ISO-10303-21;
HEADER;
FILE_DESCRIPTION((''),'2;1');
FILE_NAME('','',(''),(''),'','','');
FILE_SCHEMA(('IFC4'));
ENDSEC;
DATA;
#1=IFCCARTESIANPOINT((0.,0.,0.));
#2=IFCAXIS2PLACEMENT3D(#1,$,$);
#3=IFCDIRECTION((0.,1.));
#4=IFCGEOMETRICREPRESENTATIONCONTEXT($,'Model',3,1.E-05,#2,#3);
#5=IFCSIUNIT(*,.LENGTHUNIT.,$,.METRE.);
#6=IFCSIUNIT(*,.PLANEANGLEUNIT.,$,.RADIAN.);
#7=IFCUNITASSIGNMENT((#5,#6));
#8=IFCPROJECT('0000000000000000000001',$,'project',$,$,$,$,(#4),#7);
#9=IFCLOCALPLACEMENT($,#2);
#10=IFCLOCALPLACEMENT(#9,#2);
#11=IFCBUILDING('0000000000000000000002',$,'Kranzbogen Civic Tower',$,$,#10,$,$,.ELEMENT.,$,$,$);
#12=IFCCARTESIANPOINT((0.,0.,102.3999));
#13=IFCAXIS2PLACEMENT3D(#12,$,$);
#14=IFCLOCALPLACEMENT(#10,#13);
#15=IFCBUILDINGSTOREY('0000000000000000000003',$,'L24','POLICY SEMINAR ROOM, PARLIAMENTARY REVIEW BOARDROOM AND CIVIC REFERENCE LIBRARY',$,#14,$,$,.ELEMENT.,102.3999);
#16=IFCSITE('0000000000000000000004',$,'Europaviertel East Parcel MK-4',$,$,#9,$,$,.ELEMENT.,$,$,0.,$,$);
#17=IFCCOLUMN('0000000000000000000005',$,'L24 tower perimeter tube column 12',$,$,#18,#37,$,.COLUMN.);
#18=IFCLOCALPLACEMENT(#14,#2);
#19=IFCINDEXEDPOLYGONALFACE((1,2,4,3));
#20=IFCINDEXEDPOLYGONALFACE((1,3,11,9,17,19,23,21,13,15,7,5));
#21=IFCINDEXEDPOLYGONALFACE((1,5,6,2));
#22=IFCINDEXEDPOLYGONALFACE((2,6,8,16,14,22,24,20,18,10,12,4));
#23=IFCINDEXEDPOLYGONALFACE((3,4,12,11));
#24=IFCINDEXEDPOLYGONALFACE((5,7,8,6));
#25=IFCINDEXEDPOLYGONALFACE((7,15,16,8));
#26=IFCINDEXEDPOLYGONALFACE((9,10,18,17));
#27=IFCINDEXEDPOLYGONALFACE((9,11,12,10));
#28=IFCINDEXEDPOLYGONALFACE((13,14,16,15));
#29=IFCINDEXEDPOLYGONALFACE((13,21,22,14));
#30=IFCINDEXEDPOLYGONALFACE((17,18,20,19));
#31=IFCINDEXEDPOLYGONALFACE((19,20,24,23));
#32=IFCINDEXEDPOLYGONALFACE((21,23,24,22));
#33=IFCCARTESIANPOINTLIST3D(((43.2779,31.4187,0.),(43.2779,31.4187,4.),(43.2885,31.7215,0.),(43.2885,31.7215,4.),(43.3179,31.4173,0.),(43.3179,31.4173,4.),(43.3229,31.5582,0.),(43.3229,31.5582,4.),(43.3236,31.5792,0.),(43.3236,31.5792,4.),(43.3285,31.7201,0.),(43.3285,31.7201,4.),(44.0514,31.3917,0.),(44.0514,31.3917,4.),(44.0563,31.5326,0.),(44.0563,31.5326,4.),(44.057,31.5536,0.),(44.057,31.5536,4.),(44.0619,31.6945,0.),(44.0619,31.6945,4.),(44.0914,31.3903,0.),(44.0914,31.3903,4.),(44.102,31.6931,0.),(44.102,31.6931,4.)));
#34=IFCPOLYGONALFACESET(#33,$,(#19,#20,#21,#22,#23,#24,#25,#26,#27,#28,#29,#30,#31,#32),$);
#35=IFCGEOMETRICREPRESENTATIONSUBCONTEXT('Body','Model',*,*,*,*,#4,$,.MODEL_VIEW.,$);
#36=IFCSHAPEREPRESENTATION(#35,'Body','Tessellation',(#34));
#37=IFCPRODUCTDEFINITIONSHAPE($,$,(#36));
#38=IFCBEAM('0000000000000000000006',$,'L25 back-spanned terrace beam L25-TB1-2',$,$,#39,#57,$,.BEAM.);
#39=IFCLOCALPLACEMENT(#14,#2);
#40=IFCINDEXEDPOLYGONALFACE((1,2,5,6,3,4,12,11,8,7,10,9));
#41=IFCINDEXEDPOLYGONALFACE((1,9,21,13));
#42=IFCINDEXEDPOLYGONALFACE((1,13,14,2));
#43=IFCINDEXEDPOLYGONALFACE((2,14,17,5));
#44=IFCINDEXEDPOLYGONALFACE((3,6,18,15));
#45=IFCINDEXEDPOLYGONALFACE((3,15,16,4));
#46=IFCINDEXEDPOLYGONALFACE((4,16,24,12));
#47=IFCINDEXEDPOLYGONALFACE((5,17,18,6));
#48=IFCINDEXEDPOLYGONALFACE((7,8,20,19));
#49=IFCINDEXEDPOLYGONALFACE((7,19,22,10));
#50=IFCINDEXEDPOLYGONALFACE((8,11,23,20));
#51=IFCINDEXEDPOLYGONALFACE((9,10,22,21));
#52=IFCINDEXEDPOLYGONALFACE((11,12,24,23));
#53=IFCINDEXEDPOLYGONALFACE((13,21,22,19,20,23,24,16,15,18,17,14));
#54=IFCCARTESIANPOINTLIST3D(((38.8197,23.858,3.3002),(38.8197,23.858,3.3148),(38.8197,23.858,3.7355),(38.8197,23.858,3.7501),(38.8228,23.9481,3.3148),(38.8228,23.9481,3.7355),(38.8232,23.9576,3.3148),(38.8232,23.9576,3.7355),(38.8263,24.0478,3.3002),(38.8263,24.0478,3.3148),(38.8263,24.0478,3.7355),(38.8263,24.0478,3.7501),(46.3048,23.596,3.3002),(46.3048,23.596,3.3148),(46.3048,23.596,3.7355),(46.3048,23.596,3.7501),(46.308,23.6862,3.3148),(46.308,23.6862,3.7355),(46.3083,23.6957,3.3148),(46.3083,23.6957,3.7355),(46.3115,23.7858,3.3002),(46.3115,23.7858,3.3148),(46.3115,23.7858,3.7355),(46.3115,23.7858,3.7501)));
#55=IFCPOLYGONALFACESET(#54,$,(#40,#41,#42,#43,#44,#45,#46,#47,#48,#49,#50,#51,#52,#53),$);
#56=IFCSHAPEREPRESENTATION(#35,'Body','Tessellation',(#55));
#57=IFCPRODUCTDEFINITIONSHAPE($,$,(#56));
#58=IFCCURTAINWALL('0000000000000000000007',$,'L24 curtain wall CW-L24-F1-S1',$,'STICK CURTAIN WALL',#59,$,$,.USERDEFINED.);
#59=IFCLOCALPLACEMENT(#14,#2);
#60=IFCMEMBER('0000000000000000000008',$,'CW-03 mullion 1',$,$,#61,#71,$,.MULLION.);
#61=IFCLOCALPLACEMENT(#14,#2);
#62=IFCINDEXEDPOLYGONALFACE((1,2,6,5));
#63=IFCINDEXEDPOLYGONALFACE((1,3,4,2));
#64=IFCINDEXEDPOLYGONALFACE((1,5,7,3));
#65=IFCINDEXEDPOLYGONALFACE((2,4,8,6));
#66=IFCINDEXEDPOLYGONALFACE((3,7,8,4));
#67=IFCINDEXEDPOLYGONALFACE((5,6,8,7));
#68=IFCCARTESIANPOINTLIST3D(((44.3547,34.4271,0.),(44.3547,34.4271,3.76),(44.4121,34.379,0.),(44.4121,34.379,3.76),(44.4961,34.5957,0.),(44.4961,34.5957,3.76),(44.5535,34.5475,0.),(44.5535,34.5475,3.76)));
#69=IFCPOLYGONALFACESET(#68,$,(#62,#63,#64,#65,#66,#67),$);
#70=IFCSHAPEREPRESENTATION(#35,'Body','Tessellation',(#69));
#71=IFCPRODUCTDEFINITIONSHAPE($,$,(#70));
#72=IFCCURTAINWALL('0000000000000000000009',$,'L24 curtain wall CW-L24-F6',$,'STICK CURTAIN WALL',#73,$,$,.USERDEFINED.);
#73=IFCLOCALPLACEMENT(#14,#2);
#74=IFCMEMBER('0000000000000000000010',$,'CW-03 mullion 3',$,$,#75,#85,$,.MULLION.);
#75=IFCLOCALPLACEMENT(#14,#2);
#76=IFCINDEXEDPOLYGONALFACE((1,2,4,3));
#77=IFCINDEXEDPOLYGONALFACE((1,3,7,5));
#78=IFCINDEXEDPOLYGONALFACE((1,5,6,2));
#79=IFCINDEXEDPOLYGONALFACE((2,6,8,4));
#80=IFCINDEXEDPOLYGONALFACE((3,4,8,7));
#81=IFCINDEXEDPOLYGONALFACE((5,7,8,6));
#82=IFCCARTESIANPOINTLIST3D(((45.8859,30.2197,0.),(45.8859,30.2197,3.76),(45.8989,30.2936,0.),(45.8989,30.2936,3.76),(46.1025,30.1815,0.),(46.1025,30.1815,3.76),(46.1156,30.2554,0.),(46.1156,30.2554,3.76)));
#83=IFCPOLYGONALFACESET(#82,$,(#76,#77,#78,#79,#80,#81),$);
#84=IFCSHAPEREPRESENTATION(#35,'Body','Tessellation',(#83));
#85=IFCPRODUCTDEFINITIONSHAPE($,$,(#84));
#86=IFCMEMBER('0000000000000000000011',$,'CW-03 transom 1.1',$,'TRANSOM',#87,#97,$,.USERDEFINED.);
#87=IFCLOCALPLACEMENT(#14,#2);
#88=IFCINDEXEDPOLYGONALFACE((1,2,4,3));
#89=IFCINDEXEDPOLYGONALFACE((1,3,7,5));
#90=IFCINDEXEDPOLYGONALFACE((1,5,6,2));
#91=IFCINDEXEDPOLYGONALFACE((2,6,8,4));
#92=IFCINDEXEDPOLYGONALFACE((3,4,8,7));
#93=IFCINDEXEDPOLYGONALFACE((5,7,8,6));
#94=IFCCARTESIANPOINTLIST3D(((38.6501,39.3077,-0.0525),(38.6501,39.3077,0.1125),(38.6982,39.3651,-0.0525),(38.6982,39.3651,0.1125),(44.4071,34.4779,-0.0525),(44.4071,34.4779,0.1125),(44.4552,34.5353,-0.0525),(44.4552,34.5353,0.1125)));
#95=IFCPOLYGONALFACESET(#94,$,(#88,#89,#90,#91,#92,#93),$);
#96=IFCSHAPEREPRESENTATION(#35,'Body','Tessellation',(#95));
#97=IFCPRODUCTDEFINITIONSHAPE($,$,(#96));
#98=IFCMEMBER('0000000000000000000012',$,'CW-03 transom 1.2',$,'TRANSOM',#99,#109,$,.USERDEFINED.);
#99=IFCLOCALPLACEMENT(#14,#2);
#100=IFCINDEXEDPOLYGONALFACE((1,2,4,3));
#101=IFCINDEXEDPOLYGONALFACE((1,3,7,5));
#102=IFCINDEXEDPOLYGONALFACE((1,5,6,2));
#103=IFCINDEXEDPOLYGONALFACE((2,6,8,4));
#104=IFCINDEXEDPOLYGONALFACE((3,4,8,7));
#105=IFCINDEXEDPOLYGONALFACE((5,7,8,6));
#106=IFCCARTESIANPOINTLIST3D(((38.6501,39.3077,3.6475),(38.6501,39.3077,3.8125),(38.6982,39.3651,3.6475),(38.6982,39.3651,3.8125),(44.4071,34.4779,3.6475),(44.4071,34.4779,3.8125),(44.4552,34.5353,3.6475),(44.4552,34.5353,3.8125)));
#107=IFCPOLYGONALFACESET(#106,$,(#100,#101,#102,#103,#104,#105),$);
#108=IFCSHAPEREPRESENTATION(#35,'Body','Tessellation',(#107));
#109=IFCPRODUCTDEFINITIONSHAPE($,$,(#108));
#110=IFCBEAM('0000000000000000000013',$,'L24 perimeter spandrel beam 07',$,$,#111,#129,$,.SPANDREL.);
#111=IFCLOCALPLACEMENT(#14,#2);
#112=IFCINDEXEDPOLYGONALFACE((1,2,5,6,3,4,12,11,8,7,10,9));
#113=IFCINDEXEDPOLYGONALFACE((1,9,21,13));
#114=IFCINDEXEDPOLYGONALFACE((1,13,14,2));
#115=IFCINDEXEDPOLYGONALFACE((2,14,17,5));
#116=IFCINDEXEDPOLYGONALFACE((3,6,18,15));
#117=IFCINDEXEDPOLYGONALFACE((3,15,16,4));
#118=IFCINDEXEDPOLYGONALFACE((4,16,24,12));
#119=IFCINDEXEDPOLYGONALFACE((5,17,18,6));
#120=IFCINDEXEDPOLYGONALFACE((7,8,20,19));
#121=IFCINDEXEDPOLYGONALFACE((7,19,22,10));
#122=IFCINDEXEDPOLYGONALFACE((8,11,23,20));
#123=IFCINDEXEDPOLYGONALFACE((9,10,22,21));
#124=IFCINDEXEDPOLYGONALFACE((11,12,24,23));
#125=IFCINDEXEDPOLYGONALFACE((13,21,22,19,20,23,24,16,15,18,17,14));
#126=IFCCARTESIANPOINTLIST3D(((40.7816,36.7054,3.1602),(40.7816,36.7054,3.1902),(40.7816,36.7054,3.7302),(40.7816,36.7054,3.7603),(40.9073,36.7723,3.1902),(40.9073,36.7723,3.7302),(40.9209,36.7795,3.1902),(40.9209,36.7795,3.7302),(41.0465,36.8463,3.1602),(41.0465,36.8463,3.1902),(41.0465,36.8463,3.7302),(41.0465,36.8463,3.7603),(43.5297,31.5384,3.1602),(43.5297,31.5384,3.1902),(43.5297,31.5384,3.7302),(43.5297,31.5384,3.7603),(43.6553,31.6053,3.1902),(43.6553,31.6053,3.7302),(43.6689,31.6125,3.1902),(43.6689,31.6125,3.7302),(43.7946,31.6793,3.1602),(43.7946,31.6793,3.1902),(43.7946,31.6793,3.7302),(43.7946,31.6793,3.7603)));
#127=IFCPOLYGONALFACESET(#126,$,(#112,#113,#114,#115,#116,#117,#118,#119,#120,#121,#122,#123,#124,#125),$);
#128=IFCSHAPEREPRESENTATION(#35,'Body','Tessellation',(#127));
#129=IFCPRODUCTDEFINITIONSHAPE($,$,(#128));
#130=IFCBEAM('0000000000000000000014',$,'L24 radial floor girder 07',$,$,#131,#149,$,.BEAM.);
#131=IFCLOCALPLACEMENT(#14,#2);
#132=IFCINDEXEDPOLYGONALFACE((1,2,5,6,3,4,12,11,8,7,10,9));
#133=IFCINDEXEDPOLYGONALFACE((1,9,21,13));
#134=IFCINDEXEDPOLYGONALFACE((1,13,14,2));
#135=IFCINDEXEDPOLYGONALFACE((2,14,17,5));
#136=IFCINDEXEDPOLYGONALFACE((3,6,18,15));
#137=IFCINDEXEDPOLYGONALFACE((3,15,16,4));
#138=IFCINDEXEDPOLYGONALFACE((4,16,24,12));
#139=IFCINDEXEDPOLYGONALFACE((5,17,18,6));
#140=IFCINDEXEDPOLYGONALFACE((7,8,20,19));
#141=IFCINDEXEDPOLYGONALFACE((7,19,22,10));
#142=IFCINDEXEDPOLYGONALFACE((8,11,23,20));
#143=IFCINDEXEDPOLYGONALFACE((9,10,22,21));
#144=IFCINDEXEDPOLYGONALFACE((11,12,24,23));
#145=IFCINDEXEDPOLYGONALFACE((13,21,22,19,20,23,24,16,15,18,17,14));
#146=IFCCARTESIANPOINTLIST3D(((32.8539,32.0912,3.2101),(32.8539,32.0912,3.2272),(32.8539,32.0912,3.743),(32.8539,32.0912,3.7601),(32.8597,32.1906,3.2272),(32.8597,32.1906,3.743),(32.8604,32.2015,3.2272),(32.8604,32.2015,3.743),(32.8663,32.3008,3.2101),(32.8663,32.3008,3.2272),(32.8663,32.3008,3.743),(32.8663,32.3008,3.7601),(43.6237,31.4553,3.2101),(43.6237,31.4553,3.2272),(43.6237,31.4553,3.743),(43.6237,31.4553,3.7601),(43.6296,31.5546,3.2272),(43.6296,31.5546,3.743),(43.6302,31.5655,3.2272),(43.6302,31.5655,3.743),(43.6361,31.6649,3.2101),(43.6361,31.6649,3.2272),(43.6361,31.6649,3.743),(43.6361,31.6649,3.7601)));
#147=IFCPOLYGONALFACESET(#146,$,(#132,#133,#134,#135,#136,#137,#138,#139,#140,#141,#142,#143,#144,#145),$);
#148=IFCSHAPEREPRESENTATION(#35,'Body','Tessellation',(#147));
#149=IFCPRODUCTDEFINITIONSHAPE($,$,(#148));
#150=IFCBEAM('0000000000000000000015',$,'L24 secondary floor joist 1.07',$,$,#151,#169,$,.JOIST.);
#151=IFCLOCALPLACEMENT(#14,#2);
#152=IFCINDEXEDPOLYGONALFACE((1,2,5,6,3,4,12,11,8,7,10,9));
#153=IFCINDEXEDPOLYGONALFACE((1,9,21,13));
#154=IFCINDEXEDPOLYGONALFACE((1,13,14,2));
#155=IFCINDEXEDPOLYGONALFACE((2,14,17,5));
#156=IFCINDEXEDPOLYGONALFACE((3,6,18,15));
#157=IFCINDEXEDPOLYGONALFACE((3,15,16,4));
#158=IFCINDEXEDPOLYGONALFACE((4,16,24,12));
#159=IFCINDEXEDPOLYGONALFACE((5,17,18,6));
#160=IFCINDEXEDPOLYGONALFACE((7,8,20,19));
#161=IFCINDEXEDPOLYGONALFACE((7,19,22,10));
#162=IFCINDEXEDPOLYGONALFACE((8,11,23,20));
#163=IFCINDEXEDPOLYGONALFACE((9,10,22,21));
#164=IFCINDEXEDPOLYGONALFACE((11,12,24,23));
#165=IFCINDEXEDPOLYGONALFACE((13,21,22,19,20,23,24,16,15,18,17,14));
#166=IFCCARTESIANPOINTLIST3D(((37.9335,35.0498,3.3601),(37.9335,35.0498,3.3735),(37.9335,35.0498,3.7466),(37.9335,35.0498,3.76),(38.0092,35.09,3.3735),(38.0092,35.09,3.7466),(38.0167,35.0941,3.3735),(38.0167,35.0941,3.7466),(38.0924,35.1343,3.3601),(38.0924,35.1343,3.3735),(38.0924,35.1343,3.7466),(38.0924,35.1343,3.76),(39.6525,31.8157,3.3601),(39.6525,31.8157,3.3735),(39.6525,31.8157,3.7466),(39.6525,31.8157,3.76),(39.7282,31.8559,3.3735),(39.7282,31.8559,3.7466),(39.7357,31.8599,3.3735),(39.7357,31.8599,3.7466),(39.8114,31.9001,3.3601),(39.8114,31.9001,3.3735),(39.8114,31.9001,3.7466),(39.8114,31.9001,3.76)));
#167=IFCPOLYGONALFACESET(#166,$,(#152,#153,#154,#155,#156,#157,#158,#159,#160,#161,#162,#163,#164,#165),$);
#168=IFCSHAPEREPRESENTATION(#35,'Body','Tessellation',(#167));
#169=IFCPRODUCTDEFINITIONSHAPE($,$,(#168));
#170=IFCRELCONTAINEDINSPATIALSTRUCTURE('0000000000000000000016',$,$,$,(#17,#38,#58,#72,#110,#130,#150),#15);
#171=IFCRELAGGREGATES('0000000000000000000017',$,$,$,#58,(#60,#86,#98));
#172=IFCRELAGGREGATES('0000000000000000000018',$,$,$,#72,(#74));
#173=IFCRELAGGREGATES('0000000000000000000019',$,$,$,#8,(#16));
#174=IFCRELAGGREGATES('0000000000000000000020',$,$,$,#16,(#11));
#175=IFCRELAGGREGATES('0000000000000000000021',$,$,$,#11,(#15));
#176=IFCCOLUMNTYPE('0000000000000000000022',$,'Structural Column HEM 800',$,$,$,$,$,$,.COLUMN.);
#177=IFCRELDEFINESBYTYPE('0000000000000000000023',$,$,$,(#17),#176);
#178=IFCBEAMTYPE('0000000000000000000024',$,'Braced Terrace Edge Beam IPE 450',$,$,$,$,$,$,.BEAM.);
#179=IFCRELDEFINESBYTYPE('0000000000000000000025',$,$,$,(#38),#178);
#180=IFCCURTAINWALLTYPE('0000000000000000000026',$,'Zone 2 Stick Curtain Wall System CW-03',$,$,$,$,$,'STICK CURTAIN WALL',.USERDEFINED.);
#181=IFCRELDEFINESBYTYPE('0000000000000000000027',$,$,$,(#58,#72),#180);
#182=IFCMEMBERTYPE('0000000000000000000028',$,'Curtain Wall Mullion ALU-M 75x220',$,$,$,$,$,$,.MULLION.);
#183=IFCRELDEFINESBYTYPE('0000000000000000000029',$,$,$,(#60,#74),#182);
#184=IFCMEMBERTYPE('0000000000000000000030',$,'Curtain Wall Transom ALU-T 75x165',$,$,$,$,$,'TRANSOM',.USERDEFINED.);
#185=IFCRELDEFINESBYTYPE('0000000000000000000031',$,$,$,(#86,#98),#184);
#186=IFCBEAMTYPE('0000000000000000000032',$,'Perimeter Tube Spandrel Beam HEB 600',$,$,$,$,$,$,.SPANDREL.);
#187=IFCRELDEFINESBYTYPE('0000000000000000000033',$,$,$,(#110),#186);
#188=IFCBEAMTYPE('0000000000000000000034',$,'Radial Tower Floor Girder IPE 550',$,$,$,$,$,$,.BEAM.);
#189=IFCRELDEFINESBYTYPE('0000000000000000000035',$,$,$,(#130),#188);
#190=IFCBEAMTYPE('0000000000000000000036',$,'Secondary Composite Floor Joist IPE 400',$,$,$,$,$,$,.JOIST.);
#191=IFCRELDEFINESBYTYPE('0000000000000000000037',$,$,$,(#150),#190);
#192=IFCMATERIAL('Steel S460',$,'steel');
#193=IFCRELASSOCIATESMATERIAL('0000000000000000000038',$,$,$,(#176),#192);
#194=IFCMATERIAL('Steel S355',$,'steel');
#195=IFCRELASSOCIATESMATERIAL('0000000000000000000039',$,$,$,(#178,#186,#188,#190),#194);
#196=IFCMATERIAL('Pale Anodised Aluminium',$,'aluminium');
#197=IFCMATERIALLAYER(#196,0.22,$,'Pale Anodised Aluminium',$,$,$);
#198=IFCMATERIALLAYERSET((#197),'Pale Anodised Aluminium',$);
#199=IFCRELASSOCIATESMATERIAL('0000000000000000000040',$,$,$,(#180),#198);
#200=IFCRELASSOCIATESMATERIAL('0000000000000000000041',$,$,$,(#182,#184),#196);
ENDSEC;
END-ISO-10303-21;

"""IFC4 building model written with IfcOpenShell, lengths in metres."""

from ifc_helpers import new_model, si_unit, direction, frame, origin, origin_2d, place, context, subcontext, project, spatial, rectangle, i_section, extrude, material, layer, layer_set, material_profile, profile_set, type_object, element, aggregate, save


model = new_model("IFC4")

# Units and contexts
model_context = context("Model", 3, precision=1e-05, world=origin(), true_north=direction((0.0, 1.0)))
body_context = subcontext(model_context, "Body", "Model", "MODEL_VIEW")
ifc_project = project(units=[si_unit("LENGTHUNIT", "METRE"), si_unit("PLANEANGLEUNIT", "RADIAN")], contexts=[model_context])

# Site, building, storey
site_placement = place(None, origin())
site = spatial("IfcSite", under=ifc_project, at=site_placement, Name="Europaviertel East Parcel MK-4", CompositionType="ELEMENT", RefElevation=0.0)
building_placement = place(site_placement, origin())
building = spatial("IfcBuilding", under=site, at=building_placement, Name="Kranzbogen Civic Tower", CompositionType="ELEMENT")
storey_placement = place(building_placement, frame((0.0, 0.0, 102.3999)))
storey = spatial("IfcBuildingStorey", under=building, at=storey_placement, Name="L24", Description="POLICY SEMINAR ROOM, PARLIAMENTARY REVIEW BOARDROOM AND CIVIC REFERENCE LIBRARY", CompositionType="ELEMENT", Elevation=102.3999)

# Column
ifc_material_1 = material(Name="Steel S460", Category="steel")
ifc_material_profile_1 = material_profile(ifc_material_1, i_section(OverallWidth=0.303, OverallDepth=0.814, WebThickness=0.021, FlangeThickness=0.04, at=origin_2d()), Name="HEM 800")
ifc_profile_set_1 = profile_set([ifc_material_profile_1], Name="Steel S460")
column_type = type_object("IfcColumnType", Name="Structural Column HEM 800", PredefinedType="COLUMN", material=ifc_profile_set_1)
column_placement = place(storey_placement, frame((43.6899, 31.5559, 0.0), z_axis=(0.0, 0.0, 1.0), x_axis=(0.034899, 0.999391, 0.0)))
element("IfcColumn", 1, at=column_placement, inside=storey, type_object=column_type, Name="L24 tower perimeter tube column 12", PredefinedType="COLUMN", context=body_context, shape_type="SweptSolid", body=[
    extrude(i_section(OverallWidth=0.303, OverallDepth=0.814, WebThickness=0.021, FlangeThickness=0.04, at=origin_2d()), origin(), (0.0, 0.0, 1.0), 4.0),
])

# Beam
ifc_material_2 = material(Name="Steel S355", Category="steel")
ifc_material_profile_2 = material_profile(ifc_material_2, i_section(OverallWidth=0.1899, OverallDepth=0.45, WebThickness=0.0095, FlangeThickness=0.0146, at=origin_2d()), Name="IPE 450")
ifc_profile_set_2 = profile_set([ifc_material_profile_2], Name="Steel S355")
beam_type_1 = type_object("IfcBeamType", Name="Braced Terrace Edge Beam IPE 450", PredefinedType="BEAM", material=ifc_profile_set_2)
beam_1_placement = place(storey_placement, frame((38.823, 23.9529, 3.5251), z_axis=(0.999388, -0.034976, 0.0), x_axis=(0.034976, 0.999388, 0.0)))
element("IfcBeam", 2, at=beam_1_placement, inside=storey, type_object=beam_type_1, Name="L25 back-spanned terrace beam L25-TB1-2", PredefinedType="BEAM", context=body_context, shape_type="SweptSolid", body=[
    extrude(i_section(OverallWidth=0.1899, OverallDepth=0.45, WebThickness=0.0095, FlangeThickness=0.0146, at=origin_2d()), origin(), (0.0, 0.0, 1.0), 7.4897),
])

# Curtain walls, members
ifc_material_3 = material(Name="Pale Anodised Aluminium", Category="aluminium")
ifc_layer_1 = layer(ifc_material_3, 0.22, Name="Pale Anodised Aluminium")
ifc_layer_set_1 = layer_set([ifc_layer_1], Name="Pale Anodised Aluminium")
curtain_wall_type = type_object("IfcCurtainWallType", Name="Zone 2 Stick Curtain Wall System CW-03", ElementType="STICK CURTAIN WALL", PredefinedType="USERDEFINED", material=ifc_layer_set_1)
curtain_wall_1_placement = place(storey_placement, origin())
curtain_wall_1 = element("IfcCurtainWall", 3, at=curtain_wall_1_placement, inside=storey, type_object=curtain_wall_type, Name="L24 curtain wall CW-L24-F1-S1", ObjectType="STICK CURTAIN WALL", PredefinedType="USERDEFINED")
ifc_material_profile_3 = material_profile(ifc_material_3, rectangle(XDim=0.075, YDim=0.22, at=origin_2d()), Name="ALU-M 75x220")
ifc_profile_set_3 = profile_set([ifc_material_profile_3], Name="Pale Anodised Aluminium")
member_type_1 = type_object("IfcMemberType", Name="Curtain Wall Mullion ALU-M 75x220", PredefinedType="MULLION", material=ifc_profile_set_3)
member_1_placement = place(storey_placement, frame((44.4541, 34.4873, 0.0), z_axis=(0.0, 0.0, 1.0), x_axis=(-0.766102, 0.642719, 0.0)))
member_1 = element("IfcMember", 4, at=member_1_placement, type_object=member_type_1, Name="CW-03 mullion 1", PredefinedType="MULLION", context=body_context, shape_type="SweptSolid", body=[
    extrude(rectangle(XDim=0.075, YDim=0.22, at=origin_2d()), origin(), (0.0, 0.0, 1.0), 3.76),
])
curtain_wall_2_placement = place(storey_placement, origin())
curtain_wall_2 = element("IfcCurtainWall", 5, at=curtain_wall_2_placement, inside=storey, type_object=curtain_wall_type, Name="L24 curtain wall CW-L24-F6", ObjectType="STICK CURTAIN WALL", PredefinedType="USERDEFINED")
member_2_placement = place(storey_placement, frame((46.0007, 30.2375, 0.0), z_axis=(0.0, 0.0, 1.0), x_axis=(0.173634, 0.98481, 0.0)))
member_2 = element("IfcMember", 6, at=member_2_placement, type_object=member_type_1, Name="CW-03 mullion 3", PredefinedType="MULLION", context=body_context, shape_type="SweptSolid", body=[
    extrude(rectangle(XDim=0.075, YDim=0.22, at=origin_2d()), origin(), (0.0, 0.0, 1.0), 3.76),
])

# Members
ifc_material_profile_4 = material_profile(ifc_material_3, rectangle(XDim=0.075, YDim=0.165, at=origin_2d()), Name="ALU-T 75x165")
ifc_profile_set_4 = profile_set([ifc_material_profile_4], Name="Pale Anodised Aluminium")
member_type_2 = type_object("IfcMemberType", Name="Curtain Wall Transom ALU-T 75x165", ElementType="TRANSOM", PredefinedType="USERDEFINED", material=ifc_profile_set_4)
member_3_placement = place(storey_placement, frame((44.4312, 34.5066, 0.03), z_axis=(-0.766105, 0.642715, 0.0), x_axis=(-0.642715, -0.766105, 0.0)))
member_3 = element("IfcMember", 7, at=member_3_placement, type_object=member_type_2, Name="CW-03 transom 1.1", ObjectType="TRANSOM", PredefinedType="USERDEFINED", context=body_context, shape_type="SweptSolid", body=[
    extrude(rectangle(XDim=0.075, YDim=0.165, at=origin_2d()), origin(), (0.0, 0.0, 1.0), 7.5146),
])
member_4_placement = place(storey_placement, frame((44.4312, 34.5066, 3.73), z_axis=(-0.766105, 0.642715, 0.0), x_axis=(-0.642715, -0.766105, 0.0)))
member_4 = element("IfcMember", 8, at=member_4_placement, type_object=member_type_2, Name="CW-03 transom 1.2", ObjectType="TRANSOM", PredefinedType="USERDEFINED", context=body_context, shape_type="SweptSolid", body=[
    extrude(rectangle(XDim=0.075, YDim=0.165, at=origin_2d()), origin(), (0.0, 0.0, 1.0), 7.5146),
])
aggregate(curtain_wall_1, [member_1, member_3, member_4])

# Beams
ifc_material_profile_5 = material_profile(ifc_material_2, i_section(OverallWidth=0.3, OverallDepth=0.6001, WebThickness=0.0154, FlangeThickness=0.03, at=origin_2d()), Name="HEB 600")
ifc_profile_set_5 = profile_set([ifc_material_profile_5], Name="Steel S355")
beam_type_2 = type_object("IfcBeamType", Name="Perimeter Tube Spandrel Beam HEB 600", PredefinedType="SPANDREL", material=ifc_profile_set_5)
beam_2_placement = place(storey_placement, frame((43.6621, 31.6089, 3.4602), z_axis=(-0.469566, 0.882897, 0.0), x_axis=(-0.882897, -0.469566, 0.0)))
element("IfcBeam", 9, at=beam_2_placement, inside=storey, type_object=beam_type_2, Name="L24 perimeter spandrel beam 07", PredefinedType="SPANDREL", context=body_context, shape_type="SweptSolid", body=[
    extrude(i_section(OverallWidth=0.3, OverallDepth=0.6001, WebThickness=0.0154, FlangeThickness=0.03, at=origin_2d()), origin(), (0.0, 0.0, 1.0), 5.8523),
])
ifc_material_profile_6 = material_profile(ifc_material_2, i_section(OverallWidth=0.21, OverallDepth=0.55, WebThickness=0.011, FlangeThickness=0.0171, at=origin_2d()), Name="IPE 550")
ifc_profile_set_6 = profile_set([ifc_material_profile_6], Name="Steel S355")
beam_type_3 = type_object("IfcBeamType", Name="Radial Tower Floor Girder IPE 550", PredefinedType="BEAM", material=ifc_profile_set_6)
beam_3_placement = place(storey_placement, frame((43.6299, 31.5601, 3.4851), z_axis=(-0.998261, 0.05895, 0.0), x_axis=(-0.05895, -0.998261, 0.0)))
element("IfcBeam", 10, at=beam_3_placement, inside=storey, type_object=beam_type_3, Name="L24 radial floor girder 07", PredefinedType="BEAM", context=body_context, shape_type="SweptSolid", body=[
    extrude(i_section(OverallWidth=0.21, OverallDepth=0.55, WebThickness=0.011, FlangeThickness=0.0171, at=origin_2d()), origin(), (0.0, 0.0, 1.0), 10.7886),
])
ifc_material_profile_7 = material_profile(ifc_material_2, i_section(OverallWidth=0.1799, OverallDepth=0.3999, WebThickness=0.0085, FlangeThickness=0.0134, at=origin_2d()), Name="IPE 400")
ifc_profile_set_7 = profile_set([ifc_material_profile_7], Name="Steel S355")
beam_type_4 = type_object("IfcBeamType", Name="Secondary Composite Floor Joist IPE 400", PredefinedType="JOIST", material=ifc_profile_set_7)
beam_4_placement = place(storey_placement, frame((39.7319, 31.8579, 3.5601), z_axis=(-0.469339, 0.883018, 0.0), x_axis=(-0.883018, -0.469339, 0.0)))
element("IfcBeam", 11, at=beam_4_placement, inside=storey, type_object=beam_type_4, Name="L24 secondary floor joist 1.07", PredefinedType="JOIST", context=body_context, shape_type="SweptSolid", body=[
    extrude(i_section(OverallWidth=0.1799, OverallDepth=0.3999, WebThickness=0.0085, FlangeThickness=0.0134, at=origin_2d()), origin(), (0.0, 0.0, 1.0), 3.6626),
])

aggregate(curtain_wall_2, [member_2])

save(model, "model.ifc")
